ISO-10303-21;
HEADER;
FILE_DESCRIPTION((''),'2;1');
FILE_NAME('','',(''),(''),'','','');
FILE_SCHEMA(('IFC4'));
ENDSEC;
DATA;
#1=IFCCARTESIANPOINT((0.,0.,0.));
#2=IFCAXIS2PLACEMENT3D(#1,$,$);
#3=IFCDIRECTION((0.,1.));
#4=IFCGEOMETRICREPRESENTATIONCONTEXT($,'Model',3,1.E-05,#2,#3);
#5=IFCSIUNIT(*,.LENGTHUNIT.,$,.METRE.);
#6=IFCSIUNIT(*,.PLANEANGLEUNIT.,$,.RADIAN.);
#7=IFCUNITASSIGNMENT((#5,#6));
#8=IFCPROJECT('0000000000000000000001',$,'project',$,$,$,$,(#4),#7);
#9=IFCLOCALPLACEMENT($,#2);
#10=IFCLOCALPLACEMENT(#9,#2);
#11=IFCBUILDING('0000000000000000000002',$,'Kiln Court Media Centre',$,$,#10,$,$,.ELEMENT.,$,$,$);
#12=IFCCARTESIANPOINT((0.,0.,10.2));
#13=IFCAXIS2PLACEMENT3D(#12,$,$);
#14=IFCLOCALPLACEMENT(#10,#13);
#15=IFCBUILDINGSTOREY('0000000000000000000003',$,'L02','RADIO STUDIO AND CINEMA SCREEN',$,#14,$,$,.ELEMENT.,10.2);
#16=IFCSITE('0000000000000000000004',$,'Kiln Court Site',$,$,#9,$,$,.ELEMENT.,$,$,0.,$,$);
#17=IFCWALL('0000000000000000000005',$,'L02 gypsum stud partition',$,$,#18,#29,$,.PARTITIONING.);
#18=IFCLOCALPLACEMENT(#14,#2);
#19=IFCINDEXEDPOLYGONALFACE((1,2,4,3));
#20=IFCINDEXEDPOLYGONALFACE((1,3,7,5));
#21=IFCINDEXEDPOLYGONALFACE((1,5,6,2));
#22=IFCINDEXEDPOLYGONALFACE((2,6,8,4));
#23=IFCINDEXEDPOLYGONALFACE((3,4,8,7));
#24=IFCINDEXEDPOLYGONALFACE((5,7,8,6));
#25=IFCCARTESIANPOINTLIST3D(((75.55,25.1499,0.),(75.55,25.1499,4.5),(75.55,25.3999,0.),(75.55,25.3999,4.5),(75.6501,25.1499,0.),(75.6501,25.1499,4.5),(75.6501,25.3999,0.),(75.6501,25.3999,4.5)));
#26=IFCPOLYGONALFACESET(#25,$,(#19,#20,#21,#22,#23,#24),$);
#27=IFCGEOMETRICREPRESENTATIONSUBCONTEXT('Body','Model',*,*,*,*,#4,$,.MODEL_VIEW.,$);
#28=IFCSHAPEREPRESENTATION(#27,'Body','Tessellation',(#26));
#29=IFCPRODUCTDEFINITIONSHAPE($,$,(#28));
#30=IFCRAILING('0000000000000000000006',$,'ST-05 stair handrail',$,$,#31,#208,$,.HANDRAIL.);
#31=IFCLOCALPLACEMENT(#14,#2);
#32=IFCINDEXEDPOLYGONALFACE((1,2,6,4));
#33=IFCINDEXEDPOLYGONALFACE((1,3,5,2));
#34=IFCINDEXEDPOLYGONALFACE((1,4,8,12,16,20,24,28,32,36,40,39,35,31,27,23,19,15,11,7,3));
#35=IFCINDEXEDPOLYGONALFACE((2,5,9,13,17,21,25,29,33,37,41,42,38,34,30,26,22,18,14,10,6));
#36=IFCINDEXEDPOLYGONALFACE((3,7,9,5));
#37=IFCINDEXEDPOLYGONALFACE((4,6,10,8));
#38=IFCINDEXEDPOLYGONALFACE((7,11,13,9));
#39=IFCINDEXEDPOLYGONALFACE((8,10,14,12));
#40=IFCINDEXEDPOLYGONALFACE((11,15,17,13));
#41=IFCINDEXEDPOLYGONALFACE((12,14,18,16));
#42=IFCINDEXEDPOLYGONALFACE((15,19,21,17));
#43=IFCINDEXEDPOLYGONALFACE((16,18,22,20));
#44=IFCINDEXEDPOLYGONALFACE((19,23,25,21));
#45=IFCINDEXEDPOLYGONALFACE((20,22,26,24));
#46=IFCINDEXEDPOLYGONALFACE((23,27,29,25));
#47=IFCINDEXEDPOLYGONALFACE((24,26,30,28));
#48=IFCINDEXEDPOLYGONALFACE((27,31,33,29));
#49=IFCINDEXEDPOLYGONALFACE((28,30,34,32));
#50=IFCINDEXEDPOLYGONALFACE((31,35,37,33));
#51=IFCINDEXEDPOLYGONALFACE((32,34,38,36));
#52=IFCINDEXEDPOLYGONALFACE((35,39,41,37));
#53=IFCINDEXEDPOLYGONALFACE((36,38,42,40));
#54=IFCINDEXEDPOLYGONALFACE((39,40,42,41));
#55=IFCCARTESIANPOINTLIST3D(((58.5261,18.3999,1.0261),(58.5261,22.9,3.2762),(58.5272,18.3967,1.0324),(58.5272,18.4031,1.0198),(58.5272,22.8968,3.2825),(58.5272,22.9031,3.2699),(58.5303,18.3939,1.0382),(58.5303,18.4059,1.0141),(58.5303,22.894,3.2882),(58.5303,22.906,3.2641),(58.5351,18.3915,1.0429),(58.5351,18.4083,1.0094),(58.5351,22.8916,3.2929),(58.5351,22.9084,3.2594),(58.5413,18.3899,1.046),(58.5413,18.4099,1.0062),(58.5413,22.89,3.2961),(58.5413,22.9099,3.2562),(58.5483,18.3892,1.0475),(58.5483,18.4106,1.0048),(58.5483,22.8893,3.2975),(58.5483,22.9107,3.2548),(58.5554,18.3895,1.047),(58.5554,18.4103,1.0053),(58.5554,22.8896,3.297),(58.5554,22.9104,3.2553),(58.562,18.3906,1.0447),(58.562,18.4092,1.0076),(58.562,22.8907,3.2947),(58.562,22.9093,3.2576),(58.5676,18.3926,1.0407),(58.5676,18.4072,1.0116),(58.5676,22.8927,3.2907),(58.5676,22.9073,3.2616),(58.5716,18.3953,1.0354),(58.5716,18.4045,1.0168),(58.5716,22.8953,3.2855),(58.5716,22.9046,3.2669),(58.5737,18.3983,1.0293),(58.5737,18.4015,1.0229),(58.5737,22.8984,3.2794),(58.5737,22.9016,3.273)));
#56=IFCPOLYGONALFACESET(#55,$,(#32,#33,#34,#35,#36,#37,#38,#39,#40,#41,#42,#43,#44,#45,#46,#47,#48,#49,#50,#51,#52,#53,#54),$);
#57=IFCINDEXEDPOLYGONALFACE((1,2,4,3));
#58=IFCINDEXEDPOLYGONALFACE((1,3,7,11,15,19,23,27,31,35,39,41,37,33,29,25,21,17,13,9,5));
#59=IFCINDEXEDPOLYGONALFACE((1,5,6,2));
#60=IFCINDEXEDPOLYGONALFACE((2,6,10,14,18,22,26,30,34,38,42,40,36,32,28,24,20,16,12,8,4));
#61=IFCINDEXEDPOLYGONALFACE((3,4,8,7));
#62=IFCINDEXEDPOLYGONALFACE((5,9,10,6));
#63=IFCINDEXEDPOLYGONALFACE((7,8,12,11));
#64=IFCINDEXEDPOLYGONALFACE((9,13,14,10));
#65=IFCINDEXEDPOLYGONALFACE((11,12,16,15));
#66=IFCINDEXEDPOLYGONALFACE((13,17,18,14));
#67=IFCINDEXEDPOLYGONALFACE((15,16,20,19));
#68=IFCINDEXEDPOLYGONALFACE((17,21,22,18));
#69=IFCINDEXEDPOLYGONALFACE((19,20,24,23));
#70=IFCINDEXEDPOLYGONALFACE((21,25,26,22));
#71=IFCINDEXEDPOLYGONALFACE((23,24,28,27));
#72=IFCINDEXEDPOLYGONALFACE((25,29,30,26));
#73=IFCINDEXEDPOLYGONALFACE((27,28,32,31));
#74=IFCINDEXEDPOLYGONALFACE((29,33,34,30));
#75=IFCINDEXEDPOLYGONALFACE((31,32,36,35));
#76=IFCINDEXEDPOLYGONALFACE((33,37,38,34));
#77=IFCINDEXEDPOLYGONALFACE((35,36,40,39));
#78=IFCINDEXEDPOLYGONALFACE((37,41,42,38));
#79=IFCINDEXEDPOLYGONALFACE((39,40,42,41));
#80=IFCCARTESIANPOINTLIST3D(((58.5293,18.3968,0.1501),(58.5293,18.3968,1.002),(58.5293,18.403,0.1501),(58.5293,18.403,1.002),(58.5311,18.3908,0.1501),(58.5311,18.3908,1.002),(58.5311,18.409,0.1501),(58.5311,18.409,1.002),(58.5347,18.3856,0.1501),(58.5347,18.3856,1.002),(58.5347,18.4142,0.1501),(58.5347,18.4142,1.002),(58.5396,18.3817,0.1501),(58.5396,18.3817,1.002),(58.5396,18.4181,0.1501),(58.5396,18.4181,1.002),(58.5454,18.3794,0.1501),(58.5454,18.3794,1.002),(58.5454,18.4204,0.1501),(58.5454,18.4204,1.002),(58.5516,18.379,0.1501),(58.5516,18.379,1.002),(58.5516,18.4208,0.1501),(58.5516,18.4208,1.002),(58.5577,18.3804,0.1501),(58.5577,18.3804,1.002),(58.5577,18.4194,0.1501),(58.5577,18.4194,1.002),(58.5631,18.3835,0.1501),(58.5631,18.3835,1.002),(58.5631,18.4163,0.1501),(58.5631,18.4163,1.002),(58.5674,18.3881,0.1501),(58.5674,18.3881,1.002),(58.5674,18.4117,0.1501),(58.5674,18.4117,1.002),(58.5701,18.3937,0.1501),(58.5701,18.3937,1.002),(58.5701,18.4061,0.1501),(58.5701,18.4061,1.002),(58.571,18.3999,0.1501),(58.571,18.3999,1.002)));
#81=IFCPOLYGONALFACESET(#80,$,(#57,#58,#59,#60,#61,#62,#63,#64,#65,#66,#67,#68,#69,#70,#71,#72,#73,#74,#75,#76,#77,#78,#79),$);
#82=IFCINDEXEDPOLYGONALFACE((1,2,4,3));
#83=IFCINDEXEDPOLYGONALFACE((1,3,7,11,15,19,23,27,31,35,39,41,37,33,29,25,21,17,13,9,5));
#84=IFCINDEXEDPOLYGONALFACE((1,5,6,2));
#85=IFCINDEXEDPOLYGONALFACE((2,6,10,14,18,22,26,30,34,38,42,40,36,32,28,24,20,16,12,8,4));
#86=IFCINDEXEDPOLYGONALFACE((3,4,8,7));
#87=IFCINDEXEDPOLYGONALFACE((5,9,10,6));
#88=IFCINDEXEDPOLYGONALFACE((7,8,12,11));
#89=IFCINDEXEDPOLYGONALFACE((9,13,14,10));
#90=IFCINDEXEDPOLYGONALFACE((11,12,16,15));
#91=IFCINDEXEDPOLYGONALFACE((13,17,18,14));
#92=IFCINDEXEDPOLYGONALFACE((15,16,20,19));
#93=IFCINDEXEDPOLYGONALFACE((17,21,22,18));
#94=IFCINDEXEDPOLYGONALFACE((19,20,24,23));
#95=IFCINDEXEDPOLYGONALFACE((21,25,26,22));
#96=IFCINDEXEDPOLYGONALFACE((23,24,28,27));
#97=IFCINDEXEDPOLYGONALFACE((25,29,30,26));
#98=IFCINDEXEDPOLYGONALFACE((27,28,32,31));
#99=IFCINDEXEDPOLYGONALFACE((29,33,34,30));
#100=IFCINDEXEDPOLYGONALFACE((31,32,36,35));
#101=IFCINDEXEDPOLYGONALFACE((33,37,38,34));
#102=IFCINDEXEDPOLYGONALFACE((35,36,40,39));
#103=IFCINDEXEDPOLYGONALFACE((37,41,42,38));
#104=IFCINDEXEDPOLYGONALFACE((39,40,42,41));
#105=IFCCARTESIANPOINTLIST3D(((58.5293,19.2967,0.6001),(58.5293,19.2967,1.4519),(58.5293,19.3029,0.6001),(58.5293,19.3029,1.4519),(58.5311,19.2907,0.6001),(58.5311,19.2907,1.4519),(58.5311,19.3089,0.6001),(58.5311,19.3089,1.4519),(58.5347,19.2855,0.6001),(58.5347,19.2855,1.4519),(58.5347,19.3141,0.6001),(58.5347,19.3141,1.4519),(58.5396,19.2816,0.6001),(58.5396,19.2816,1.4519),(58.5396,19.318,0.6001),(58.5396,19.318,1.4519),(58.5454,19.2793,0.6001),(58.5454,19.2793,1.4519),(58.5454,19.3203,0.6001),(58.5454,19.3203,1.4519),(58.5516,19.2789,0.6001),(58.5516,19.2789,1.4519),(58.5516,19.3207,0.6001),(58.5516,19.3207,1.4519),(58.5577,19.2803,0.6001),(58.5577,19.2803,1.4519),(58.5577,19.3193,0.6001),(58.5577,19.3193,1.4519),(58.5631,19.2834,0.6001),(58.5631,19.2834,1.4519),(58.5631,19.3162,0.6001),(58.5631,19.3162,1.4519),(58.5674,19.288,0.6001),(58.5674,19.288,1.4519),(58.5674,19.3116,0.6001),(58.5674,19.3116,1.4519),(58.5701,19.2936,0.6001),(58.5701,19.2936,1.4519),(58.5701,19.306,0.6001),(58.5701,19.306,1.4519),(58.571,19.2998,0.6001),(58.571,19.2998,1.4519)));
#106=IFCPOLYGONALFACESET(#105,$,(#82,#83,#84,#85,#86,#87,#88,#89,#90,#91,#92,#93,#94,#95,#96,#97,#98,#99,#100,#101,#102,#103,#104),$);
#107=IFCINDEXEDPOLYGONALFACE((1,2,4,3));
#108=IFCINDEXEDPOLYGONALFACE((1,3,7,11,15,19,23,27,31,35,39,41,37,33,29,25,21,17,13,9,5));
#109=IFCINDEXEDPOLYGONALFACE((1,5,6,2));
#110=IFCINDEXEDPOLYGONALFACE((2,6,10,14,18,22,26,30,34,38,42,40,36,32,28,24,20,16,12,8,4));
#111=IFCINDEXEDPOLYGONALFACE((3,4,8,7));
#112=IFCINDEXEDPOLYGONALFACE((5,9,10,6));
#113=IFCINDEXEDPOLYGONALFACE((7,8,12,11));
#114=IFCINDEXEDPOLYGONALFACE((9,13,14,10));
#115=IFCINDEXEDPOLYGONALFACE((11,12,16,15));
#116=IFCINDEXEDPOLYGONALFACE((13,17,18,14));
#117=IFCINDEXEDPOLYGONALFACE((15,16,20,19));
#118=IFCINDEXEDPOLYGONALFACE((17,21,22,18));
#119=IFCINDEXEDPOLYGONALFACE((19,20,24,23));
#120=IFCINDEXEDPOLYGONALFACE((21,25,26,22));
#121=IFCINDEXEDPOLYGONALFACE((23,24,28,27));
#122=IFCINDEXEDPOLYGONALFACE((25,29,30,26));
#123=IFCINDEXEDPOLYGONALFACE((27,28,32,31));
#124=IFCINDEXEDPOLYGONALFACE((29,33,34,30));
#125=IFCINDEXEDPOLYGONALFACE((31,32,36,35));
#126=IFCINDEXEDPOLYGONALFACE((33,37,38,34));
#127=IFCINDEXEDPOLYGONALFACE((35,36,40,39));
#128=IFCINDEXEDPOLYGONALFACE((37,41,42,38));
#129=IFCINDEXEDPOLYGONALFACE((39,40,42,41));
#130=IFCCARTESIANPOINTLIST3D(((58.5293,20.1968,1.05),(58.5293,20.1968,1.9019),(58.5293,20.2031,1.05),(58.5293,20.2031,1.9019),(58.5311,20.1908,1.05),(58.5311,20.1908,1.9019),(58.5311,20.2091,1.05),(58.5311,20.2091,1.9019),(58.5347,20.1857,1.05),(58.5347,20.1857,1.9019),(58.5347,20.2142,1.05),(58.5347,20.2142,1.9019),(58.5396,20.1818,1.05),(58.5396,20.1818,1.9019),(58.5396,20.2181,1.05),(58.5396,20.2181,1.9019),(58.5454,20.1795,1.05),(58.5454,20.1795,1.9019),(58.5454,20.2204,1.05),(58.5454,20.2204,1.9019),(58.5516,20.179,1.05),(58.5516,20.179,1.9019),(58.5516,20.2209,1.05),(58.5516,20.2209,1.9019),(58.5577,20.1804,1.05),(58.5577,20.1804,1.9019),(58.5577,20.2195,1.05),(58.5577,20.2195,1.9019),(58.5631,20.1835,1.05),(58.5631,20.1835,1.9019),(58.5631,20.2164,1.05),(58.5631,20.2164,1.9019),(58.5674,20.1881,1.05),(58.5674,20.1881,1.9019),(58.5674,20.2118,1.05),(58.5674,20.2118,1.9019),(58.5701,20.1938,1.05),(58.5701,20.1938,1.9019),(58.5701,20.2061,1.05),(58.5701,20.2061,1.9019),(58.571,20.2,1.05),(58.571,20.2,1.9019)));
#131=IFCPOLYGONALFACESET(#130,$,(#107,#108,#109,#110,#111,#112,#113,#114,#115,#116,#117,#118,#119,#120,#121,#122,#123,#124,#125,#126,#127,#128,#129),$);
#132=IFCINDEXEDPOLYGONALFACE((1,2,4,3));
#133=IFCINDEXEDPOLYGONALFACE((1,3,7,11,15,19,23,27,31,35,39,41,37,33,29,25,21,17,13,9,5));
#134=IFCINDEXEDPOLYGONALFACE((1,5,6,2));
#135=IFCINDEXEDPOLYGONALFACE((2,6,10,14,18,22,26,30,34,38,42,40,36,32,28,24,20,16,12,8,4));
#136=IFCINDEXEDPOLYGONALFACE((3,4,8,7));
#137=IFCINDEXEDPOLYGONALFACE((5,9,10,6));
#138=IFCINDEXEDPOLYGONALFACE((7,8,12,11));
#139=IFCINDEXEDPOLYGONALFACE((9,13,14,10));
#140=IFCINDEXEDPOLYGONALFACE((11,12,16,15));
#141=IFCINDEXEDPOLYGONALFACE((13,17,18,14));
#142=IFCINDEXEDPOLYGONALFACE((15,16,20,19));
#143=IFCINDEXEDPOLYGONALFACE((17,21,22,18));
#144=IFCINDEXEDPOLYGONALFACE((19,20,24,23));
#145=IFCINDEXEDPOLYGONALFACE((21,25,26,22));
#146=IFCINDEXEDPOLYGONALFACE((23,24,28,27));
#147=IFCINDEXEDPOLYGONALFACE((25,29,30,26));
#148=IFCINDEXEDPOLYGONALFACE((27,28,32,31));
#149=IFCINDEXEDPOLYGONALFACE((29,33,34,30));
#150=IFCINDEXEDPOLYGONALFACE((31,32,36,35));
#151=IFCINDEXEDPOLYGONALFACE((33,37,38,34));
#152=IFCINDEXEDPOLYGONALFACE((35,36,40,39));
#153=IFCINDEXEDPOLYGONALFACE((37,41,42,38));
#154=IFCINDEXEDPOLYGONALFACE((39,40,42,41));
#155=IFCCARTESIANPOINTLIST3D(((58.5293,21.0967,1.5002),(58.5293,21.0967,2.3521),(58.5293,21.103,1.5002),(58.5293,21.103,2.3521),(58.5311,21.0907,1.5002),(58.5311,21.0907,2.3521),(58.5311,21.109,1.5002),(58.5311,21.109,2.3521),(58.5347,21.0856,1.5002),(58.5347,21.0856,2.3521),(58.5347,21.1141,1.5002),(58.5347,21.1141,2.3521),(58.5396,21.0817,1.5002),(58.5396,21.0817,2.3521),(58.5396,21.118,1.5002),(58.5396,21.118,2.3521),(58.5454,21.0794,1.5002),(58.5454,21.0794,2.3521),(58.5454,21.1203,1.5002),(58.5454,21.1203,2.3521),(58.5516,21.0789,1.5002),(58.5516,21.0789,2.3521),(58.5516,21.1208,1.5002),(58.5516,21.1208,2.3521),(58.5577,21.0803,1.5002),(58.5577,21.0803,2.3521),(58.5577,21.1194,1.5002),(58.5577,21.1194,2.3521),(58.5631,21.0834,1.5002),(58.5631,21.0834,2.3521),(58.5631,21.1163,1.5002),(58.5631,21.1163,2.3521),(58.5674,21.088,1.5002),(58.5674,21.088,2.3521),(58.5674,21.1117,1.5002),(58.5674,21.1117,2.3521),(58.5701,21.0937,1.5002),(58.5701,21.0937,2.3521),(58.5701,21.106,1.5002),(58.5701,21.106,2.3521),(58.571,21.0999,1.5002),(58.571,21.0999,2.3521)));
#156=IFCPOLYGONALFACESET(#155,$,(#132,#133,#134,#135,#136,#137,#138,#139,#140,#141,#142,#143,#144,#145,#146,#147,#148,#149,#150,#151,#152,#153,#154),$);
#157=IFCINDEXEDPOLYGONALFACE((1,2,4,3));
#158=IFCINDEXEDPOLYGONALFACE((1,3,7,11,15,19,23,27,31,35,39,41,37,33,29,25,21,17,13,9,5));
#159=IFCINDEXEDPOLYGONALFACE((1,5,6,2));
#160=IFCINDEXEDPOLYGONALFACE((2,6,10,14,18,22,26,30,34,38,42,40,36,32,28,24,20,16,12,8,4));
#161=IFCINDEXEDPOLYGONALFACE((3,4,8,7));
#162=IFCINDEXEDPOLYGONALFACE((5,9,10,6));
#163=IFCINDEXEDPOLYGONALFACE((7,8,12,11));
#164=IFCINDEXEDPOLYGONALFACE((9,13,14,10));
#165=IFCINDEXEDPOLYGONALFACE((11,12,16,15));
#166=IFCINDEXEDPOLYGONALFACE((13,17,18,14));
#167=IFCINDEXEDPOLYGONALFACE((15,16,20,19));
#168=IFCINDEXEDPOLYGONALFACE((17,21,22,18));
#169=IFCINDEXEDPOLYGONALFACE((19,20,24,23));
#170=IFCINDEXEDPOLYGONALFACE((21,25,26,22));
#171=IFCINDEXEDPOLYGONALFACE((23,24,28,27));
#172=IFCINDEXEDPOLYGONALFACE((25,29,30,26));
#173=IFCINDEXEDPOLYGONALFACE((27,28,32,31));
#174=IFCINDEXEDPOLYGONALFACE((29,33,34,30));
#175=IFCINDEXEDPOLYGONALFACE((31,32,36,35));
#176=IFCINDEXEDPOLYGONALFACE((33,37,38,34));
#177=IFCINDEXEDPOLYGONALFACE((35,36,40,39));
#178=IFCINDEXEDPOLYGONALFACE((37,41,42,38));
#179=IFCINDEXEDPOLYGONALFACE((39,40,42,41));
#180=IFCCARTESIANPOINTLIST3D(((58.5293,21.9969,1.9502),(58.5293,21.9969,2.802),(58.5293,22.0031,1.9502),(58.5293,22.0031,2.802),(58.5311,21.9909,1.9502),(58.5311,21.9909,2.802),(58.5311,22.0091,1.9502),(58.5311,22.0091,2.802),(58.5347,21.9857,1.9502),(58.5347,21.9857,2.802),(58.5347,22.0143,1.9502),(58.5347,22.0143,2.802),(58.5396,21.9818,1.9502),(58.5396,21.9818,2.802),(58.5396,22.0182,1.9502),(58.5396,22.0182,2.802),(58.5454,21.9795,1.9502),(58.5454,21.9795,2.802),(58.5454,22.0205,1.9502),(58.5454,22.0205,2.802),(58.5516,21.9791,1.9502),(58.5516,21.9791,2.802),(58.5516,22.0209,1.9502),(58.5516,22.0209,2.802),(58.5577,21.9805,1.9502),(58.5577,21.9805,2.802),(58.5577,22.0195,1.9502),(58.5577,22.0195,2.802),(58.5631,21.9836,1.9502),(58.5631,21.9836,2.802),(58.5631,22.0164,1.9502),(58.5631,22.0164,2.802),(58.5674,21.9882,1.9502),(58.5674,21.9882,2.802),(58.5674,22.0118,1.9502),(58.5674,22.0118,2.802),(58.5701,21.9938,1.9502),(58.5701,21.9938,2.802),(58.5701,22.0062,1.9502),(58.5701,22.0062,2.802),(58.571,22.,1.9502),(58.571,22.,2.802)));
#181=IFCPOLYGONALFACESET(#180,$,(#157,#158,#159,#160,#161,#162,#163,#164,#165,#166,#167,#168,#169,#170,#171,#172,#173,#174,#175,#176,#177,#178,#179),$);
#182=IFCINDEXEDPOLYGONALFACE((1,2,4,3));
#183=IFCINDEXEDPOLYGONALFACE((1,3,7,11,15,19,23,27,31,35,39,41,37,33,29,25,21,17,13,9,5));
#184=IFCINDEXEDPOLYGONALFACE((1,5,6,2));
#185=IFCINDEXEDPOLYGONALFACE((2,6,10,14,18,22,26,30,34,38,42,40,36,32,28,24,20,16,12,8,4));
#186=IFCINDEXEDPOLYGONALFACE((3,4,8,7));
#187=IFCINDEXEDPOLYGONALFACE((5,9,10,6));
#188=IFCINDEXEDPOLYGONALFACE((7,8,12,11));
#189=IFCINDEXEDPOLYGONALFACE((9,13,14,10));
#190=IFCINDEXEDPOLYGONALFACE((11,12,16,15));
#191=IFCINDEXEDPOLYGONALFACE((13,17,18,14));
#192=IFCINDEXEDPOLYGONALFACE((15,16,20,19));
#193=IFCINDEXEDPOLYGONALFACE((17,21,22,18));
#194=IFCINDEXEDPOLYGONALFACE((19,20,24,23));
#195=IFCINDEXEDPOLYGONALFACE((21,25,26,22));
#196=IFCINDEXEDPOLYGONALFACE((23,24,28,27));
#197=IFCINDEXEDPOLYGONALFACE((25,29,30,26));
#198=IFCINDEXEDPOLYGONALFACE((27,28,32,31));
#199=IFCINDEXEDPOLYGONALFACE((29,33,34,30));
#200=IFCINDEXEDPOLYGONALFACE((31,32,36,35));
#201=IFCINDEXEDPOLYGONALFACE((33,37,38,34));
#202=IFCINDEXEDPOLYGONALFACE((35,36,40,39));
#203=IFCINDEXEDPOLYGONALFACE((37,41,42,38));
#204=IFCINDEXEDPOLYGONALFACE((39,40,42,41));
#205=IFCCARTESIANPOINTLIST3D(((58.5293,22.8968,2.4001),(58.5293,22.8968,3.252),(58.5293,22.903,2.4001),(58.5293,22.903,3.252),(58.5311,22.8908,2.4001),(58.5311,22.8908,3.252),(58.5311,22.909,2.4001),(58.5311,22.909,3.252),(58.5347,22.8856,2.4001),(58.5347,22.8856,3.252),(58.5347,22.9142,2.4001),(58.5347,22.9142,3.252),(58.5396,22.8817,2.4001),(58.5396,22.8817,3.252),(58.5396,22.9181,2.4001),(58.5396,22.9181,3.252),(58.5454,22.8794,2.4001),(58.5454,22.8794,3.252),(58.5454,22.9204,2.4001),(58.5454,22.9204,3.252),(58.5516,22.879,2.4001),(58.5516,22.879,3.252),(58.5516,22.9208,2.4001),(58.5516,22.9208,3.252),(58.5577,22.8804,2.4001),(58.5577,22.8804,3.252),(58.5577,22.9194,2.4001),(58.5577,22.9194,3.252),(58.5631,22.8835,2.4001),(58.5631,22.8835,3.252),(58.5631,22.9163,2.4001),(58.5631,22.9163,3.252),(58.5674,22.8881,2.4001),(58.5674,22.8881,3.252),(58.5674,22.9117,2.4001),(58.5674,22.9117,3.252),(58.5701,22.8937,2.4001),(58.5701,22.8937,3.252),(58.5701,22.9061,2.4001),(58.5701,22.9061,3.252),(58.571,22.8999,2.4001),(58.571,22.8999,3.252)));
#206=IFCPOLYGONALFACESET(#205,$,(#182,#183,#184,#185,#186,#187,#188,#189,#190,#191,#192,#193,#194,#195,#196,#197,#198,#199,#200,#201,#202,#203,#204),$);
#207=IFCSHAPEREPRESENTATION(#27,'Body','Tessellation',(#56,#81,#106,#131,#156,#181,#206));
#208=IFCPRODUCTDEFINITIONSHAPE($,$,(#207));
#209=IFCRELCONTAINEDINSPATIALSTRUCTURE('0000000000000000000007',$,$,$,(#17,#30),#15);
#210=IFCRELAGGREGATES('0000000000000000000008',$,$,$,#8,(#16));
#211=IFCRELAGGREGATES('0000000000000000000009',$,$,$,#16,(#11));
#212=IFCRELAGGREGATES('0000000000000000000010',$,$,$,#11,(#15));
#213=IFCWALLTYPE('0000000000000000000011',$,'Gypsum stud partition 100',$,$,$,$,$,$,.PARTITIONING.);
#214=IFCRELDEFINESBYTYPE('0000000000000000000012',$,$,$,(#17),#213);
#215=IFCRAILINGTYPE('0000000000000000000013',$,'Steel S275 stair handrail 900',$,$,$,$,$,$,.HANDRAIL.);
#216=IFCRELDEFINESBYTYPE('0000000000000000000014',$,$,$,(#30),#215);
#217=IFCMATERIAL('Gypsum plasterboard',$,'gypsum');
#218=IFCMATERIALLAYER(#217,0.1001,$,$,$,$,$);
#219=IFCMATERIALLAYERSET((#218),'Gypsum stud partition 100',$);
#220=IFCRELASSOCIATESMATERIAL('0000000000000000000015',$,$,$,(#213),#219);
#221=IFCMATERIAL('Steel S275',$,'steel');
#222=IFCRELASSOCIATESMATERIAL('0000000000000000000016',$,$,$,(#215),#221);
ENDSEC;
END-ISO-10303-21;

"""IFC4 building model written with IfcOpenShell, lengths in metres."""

from ifc_helpers import new_model, si_unit, direction, frame, frame_2d, origin, origin_2d, place, context, subcontext, project, spatial, rectangle, circle, extrude, material, layer, layer_set, type_object, element, save


model = new_model("IFC4")

# Units and contexts
model_context = context("Model", 3, precision=1e-05, world=origin(), true_north=direction((0.0, 1.0)))
body_context = subcontext(model_context, "Body", "Model", "MODEL_VIEW")
ifc_project = project(units=[si_unit("LENGTHUNIT", "METRE"), si_unit("PLANEANGLEUNIT", "RADIAN")], contexts=[model_context])

# Site, building, storey
site_placement = place(None, origin())
site = spatial("IfcSite", under=ifc_project, at=site_placement, Name="Kiln Court Site", CompositionType="ELEMENT", RefElevation=0.0)
building_placement = place(site_placement, origin())
building = spatial("IfcBuilding", under=site, at=building_placement, Name="Kiln Court Media Centre", CompositionType="ELEMENT")
storey_placement = place(building_placement, frame((0.0, 0.0, 10.2)))
storey = spatial("IfcBuildingStorey", under=building, at=storey_placement, Name="L02", Description="RADIO STUDIO AND CINEMA SCREEN", CompositionType="ELEMENT", Elevation=10.2)

# Wall
ifc_material_1 = material(Name="Gypsum plasterboard", Category="gypsum")
ifc_layer_1 = layer(ifc_material_1, 0.1001)
ifc_layer_set_1 = layer_set([ifc_layer_1], Name="Gypsum stud partition 100")
wall_type_1 = type_object("IfcWallType", Name="Gypsum stud partition 100", PredefinedType="PARTITIONING", material=ifc_layer_set_1)
wall_1_placement = place(storey_placement, frame((75.6001, 25.1499, 0.0), z_axis=(0.0, 0.0, 1.0), x_axis=(0.0, 1.0, 0.0)))
element("IfcWall", 1, at=wall_1_placement, inside=storey, type_object=wall_type_1, Name="L02 gypsum stud partition", PredefinedType="PARTITIONING", context=body_context, shape_type="SweptSolid", body=[
    extrude(rectangle(XDim=0.25, YDim=0.1001, at=frame_2d((0.125, 0.0))), origin(), (0.0, 0.0, 1.0), 4.5),
])

# Railing
ifc_material_2 = material(Name="Steel S275", Category="steel")
railing_type = type_object("IfcRailingType", Name="Steel S275 stair handrail 900", PredefinedType="HANDRAIL", material=ifc_material_2)
railing_placement = place(storey_placement, frame((58.55, 18.3999, 0.1501)))
element("IfcRailing", 2, at=railing_placement, inside=storey, type_object=railing_type, Name="ST-05 stair handrail", PredefinedType="HANDRAIL", context=body_context, shape_type="SweptSolid", body=[
    extrude(circle(Radius=0.0239, at=origin_2d()), frame((0.0, 0.0, 0.876), z_axis=(0.0, 0.894427, 0.447214), x_axis=(-1.0, 0.0, 0.0)), (0.0, 0.0, 1.0), 5.0312),
    extrude(circle(Radius=0.021, at=origin_2d()), origin(), (0.0, 0.0, 1.0), 0.8518),
    extrude(circle(Radius=0.021, at=origin_2d()), frame((0.0, 0.8999, 0.45)), (0.0, 0.0, 1.0), 0.8518),
    extrude(circle(Radius=0.021, at=origin_2d()), frame((0.0, 1.8, 0.8999)), (0.0, 0.0, 1.0), 0.8518),
    extrude(circle(Radius=0.021, at=origin_2d()), frame((0.0, 2.7, 1.3501)), (0.0, 0.0, 1.0), 0.8518),
    extrude(circle(Radius=0.021, at=origin_2d()), frame((0.0, 3.6001, 1.8)), (0.0, 0.0, 1.0), 0.8518),
    extrude(circle(Radius=0.021, at=origin_2d()), frame((0.0, 4.5, 2.25)), (0.0, 0.0, 1.0), 0.8518),
])

save(model, "model.ifc")
